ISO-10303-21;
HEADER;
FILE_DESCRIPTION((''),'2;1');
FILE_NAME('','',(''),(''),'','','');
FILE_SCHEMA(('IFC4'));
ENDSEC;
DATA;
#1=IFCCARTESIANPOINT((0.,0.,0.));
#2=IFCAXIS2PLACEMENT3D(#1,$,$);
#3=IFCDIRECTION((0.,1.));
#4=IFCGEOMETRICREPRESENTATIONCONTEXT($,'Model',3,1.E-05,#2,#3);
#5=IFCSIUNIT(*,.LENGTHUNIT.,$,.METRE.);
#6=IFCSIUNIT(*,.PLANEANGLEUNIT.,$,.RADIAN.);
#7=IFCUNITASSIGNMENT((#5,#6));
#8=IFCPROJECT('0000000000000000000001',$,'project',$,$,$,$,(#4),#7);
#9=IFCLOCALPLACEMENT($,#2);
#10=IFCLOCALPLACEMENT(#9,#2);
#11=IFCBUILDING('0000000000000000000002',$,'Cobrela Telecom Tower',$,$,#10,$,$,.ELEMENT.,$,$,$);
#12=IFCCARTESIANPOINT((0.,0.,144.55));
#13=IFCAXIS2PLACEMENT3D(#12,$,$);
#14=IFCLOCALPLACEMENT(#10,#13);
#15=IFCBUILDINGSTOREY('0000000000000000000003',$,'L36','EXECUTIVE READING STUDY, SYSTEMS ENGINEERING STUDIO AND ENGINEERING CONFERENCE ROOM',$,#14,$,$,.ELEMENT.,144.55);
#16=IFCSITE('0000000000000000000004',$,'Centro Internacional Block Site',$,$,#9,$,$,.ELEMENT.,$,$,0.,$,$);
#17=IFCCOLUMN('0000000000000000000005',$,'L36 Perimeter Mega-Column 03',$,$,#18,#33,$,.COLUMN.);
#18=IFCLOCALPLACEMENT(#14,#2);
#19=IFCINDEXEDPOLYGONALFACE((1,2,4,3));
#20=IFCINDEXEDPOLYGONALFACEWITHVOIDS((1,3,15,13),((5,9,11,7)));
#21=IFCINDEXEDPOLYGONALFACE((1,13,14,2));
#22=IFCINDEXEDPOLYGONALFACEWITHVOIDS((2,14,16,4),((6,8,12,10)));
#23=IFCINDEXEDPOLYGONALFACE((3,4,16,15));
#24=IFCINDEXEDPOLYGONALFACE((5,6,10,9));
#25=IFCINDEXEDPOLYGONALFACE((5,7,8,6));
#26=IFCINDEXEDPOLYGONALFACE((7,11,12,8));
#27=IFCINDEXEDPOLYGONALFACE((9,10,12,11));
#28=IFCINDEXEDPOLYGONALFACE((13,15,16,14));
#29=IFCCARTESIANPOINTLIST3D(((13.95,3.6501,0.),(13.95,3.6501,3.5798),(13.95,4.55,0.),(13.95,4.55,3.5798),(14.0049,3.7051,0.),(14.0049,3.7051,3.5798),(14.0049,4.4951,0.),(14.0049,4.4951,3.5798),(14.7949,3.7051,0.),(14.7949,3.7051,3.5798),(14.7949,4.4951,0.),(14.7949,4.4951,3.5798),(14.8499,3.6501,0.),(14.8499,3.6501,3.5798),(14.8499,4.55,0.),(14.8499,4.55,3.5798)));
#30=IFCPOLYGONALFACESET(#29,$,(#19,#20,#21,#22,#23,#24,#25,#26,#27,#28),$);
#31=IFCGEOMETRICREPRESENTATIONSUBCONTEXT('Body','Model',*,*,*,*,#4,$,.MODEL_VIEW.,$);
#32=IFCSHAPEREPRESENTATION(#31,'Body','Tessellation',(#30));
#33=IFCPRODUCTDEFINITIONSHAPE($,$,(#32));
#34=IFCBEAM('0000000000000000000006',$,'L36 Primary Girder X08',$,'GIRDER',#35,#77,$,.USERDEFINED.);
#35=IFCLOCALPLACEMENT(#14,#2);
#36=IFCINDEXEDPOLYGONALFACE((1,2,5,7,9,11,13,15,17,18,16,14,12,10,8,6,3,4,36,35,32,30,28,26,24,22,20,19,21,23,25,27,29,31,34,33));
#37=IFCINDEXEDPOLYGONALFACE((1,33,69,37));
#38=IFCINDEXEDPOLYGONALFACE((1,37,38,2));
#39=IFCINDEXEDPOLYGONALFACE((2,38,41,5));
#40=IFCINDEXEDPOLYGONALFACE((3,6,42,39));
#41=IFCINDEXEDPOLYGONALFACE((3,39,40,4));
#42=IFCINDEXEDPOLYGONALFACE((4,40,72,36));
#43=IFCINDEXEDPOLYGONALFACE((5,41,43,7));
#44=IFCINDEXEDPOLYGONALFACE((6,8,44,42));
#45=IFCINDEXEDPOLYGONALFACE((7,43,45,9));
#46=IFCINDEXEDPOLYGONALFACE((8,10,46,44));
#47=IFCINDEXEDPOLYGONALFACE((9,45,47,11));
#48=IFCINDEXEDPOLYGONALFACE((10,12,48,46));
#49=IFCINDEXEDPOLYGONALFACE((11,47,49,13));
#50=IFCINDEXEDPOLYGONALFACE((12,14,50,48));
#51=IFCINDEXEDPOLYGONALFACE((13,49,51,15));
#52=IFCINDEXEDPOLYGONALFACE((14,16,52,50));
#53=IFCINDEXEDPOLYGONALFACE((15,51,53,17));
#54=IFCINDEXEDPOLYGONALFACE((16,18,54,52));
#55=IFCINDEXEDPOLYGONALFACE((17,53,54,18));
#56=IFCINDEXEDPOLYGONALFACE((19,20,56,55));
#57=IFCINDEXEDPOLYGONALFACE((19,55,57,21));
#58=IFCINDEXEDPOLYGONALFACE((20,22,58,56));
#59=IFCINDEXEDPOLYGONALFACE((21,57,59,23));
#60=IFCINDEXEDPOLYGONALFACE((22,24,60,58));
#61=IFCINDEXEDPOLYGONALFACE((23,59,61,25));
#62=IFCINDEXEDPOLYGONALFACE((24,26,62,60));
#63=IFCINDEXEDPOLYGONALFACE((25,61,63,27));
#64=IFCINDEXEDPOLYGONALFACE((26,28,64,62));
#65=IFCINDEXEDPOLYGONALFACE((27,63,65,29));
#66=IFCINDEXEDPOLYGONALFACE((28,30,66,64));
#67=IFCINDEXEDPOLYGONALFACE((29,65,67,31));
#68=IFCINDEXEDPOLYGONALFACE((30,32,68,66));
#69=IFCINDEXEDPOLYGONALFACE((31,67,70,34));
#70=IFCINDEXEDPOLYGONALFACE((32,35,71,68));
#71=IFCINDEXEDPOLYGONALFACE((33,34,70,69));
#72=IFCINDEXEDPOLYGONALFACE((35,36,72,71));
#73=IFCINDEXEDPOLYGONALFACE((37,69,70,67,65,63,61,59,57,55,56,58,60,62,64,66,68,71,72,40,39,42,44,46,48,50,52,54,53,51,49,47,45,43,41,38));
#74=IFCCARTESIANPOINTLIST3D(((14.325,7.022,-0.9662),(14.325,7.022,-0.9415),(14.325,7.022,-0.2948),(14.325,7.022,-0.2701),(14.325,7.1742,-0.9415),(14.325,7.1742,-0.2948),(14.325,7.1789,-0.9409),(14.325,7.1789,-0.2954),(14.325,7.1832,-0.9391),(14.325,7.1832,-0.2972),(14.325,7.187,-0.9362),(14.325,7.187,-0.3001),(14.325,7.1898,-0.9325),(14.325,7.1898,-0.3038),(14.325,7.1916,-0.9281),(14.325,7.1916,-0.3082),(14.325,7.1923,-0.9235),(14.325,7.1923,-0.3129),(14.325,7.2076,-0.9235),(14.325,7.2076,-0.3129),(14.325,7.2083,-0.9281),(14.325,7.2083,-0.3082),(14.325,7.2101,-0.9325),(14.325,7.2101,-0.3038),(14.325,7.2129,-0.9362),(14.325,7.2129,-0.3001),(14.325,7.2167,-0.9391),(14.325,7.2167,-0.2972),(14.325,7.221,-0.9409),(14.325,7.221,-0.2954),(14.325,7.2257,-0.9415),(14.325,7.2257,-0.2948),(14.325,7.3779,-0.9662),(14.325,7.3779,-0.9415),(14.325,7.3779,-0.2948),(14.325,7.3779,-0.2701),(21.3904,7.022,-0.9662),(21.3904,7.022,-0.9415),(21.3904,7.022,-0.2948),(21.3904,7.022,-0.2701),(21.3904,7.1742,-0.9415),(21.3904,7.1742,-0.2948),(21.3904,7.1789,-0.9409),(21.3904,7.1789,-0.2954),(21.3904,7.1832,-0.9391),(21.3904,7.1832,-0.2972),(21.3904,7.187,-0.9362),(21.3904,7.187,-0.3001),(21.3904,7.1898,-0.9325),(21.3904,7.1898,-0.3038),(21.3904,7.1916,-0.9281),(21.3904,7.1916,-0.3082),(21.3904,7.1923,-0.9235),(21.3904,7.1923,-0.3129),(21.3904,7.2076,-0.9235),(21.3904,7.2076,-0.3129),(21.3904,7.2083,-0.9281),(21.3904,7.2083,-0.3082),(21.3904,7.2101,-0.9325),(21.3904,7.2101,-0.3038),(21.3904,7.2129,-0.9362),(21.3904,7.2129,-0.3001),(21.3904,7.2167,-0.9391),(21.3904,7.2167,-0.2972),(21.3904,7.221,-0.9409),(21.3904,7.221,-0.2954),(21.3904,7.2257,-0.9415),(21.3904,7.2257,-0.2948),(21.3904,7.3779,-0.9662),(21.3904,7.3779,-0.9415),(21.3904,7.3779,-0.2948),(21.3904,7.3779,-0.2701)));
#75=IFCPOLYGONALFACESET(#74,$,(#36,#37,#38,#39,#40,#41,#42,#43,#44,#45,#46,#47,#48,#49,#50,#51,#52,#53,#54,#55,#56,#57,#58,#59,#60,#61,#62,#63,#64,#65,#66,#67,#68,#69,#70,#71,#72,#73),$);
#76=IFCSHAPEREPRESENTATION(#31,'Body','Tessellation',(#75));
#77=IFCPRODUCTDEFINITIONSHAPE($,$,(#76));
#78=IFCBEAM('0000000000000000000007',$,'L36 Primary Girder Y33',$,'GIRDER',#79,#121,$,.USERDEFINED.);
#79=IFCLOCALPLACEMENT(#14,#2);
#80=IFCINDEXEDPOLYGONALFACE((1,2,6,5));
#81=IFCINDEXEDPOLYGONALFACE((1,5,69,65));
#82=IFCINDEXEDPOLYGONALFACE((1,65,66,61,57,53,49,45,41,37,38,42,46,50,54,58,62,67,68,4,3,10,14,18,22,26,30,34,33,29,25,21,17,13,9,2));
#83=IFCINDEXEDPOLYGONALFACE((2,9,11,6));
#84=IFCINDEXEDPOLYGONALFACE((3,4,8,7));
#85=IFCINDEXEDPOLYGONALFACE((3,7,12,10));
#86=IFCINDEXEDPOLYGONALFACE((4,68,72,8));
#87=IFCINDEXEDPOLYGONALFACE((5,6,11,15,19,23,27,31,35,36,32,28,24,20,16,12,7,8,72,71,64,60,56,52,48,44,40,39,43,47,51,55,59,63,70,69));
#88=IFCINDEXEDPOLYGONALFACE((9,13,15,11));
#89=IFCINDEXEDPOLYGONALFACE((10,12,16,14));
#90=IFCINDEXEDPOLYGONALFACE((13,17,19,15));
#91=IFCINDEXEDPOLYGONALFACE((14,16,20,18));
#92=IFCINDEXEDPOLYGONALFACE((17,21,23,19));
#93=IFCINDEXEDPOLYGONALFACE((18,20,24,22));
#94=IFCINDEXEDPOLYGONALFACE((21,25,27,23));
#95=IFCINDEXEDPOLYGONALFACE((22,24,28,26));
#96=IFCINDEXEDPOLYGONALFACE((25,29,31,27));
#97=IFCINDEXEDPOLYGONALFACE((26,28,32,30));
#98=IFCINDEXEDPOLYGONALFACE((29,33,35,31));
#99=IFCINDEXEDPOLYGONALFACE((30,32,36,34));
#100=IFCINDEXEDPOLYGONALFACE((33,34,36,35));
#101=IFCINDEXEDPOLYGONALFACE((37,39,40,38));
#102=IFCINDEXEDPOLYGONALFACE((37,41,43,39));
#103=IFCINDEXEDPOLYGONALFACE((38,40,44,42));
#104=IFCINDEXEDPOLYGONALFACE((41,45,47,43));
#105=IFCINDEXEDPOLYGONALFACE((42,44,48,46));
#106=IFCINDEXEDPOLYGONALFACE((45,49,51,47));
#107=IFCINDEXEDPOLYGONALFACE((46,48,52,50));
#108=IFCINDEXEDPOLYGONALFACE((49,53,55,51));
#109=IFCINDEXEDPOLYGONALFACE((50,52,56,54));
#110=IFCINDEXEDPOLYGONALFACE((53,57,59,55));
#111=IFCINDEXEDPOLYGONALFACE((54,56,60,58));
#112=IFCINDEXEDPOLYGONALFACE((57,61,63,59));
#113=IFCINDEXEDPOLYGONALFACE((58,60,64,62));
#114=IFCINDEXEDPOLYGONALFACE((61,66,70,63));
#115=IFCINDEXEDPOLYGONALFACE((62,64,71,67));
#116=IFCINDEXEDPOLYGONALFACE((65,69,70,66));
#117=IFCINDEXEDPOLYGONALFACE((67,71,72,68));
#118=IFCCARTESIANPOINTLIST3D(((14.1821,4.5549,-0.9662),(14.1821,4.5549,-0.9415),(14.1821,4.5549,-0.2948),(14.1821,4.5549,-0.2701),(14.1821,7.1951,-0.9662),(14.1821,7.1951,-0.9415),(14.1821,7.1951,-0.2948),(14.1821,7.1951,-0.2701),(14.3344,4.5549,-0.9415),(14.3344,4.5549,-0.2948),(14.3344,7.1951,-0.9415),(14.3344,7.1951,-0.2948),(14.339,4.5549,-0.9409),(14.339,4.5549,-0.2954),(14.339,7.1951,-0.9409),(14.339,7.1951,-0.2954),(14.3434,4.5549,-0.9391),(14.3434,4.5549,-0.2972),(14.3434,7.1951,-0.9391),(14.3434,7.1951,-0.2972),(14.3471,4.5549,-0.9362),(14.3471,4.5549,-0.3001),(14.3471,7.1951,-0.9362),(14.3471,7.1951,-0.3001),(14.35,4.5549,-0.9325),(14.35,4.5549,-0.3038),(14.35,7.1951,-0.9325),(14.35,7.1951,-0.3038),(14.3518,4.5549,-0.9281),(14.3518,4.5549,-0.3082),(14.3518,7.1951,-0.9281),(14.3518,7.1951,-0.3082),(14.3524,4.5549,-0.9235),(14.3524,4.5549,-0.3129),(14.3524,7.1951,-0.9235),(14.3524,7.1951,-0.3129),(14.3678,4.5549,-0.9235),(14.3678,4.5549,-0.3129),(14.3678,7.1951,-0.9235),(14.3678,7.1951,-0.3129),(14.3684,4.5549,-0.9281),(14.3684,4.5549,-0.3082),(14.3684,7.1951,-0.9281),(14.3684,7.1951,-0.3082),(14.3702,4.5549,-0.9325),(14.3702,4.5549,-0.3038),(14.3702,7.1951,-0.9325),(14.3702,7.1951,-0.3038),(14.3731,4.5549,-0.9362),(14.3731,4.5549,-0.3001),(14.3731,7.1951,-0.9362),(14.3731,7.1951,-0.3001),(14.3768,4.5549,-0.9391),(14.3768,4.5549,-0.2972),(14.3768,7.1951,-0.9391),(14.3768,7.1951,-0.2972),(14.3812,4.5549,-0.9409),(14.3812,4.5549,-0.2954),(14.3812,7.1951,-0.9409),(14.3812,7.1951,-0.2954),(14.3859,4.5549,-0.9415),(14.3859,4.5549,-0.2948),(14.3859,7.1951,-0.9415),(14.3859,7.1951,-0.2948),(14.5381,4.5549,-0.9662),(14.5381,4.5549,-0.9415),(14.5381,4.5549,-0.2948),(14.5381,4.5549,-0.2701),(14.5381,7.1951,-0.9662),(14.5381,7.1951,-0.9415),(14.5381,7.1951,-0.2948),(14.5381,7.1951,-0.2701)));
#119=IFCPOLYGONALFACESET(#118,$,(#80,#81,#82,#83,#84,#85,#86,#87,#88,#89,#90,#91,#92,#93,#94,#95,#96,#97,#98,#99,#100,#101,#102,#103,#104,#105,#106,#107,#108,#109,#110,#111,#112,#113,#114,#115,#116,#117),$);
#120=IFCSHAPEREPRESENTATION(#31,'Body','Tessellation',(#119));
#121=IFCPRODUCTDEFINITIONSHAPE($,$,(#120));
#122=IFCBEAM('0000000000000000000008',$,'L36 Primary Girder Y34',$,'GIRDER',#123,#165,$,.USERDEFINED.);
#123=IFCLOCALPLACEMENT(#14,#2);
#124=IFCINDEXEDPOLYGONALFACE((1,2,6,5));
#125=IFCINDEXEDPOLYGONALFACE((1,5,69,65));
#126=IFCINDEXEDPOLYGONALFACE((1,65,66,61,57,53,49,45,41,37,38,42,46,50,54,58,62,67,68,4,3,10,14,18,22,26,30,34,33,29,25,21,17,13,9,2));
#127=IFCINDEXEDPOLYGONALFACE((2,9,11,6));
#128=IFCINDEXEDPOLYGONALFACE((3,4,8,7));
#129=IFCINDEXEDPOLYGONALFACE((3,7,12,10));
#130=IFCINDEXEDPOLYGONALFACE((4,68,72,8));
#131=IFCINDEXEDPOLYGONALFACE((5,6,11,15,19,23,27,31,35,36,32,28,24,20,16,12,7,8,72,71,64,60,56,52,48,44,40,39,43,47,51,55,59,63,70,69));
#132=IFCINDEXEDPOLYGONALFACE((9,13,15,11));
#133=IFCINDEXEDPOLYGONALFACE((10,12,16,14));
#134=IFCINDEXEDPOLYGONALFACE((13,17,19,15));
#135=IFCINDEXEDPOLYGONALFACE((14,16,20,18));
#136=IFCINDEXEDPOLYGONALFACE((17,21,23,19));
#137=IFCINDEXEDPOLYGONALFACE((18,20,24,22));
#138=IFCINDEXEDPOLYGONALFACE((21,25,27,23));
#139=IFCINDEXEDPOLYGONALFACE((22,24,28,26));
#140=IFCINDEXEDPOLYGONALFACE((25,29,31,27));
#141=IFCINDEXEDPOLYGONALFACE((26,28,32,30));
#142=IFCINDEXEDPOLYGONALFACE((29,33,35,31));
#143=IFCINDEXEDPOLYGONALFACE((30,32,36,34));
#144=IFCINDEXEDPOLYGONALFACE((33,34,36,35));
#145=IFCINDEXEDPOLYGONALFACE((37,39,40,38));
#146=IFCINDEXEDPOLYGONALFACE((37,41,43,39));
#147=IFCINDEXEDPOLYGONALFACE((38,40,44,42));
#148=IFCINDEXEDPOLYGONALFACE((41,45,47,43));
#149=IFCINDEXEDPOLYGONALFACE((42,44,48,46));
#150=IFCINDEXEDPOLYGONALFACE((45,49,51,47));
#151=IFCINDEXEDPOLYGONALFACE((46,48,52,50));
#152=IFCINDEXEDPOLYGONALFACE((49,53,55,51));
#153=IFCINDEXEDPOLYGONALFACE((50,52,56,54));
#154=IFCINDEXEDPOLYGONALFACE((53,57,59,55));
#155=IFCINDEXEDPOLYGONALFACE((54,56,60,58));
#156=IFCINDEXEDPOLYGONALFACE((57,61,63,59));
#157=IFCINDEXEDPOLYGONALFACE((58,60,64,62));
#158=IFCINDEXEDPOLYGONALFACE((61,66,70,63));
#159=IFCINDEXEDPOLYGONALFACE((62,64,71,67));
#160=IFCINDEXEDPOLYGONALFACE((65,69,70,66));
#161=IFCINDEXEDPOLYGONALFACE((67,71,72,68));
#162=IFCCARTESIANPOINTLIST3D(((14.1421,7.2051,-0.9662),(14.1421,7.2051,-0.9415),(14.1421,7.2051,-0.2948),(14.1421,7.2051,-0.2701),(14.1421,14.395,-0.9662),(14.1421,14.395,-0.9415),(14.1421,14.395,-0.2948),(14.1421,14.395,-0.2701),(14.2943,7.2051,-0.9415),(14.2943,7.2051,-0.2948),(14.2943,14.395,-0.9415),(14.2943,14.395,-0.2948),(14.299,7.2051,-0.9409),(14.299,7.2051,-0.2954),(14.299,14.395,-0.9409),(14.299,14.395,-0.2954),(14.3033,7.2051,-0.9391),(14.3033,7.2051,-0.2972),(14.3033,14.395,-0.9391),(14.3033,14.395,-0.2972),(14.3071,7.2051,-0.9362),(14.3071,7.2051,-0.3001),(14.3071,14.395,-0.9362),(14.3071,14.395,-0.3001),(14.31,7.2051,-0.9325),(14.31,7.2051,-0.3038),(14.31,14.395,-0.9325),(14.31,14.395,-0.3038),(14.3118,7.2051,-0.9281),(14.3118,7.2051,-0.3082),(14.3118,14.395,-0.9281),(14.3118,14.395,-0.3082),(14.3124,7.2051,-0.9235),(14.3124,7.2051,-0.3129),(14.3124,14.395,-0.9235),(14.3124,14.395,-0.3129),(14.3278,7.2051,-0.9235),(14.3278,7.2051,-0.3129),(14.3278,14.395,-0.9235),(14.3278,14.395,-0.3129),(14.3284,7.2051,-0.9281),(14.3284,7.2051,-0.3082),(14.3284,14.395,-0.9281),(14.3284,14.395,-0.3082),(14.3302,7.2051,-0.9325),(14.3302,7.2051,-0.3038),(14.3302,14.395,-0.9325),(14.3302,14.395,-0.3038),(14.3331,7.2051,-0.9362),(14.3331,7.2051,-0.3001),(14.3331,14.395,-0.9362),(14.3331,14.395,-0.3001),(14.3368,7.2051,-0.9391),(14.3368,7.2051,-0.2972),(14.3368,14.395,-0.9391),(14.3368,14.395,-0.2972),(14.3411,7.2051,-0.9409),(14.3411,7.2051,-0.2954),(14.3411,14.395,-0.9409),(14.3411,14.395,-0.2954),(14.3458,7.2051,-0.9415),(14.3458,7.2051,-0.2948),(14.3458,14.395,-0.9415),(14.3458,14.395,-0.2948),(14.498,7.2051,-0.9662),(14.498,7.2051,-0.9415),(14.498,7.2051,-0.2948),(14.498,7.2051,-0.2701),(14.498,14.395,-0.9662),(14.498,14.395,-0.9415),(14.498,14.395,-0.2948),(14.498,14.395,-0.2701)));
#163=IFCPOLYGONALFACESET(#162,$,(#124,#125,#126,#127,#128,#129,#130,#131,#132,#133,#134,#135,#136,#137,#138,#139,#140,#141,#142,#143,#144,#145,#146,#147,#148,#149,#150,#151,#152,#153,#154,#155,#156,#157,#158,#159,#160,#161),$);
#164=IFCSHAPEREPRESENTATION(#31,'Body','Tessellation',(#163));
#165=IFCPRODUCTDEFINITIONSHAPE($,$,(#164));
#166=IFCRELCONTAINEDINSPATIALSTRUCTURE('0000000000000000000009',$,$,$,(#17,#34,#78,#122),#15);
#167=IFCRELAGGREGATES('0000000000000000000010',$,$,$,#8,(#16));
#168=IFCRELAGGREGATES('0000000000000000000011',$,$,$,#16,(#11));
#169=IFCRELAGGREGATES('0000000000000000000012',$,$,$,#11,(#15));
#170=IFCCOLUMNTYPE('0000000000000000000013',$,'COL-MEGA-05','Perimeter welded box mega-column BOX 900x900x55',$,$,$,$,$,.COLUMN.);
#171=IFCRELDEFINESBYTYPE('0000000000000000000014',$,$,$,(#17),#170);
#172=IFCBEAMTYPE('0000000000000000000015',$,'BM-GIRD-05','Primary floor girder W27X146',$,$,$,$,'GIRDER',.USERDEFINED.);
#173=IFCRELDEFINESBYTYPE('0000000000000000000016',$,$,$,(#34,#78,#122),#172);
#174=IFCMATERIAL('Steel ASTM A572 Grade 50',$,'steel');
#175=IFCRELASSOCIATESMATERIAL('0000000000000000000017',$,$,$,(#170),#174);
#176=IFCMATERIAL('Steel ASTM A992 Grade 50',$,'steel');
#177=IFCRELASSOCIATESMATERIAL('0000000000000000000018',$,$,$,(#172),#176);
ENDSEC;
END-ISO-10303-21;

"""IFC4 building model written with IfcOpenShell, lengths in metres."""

from ifc_helpers import new_model, si_unit, direction, frame, origin, origin_2d, place, context, subcontext, project, spatial, hollow_rectangle, i_section, extrude, material, material_profile, profile_set, type_object, element, save


model = new_model("IFC4")

# Units and contexts
model_context = context("Model", 3, precision=1e-05, world=origin(), true_north=direction((0.0, 1.0)))
body_context = subcontext(model_context, "Body", "Model", "MODEL_VIEW")
ifc_project = project(units=[si_unit("LENGTHUNIT", "METRE"), si_unit("PLANEANGLEUNIT", "RADIAN")], contexts=[model_context])

# Site, building, storey
site_placement = place(None, origin())
site = spatial("IfcSite", under=ifc_project, at=site_placement, Name="Centro Internacional Block Site", CompositionType="ELEMENT", RefElevation=0.0)
building_placement = place(site_placement, origin())
building = spatial("IfcBuilding", under=site, at=building_placement, Name="Cobrela Telecom Tower", CompositionType="ELEMENT")
storey_placement = place(building_placement, frame((0.0, 0.0, 144.55)))
storey = spatial("IfcBuildingStorey", under=building, at=storey_placement, Name="L36", Description="EXECUTIVE READING STUDY, SYSTEMS ENGINEERING STUDIO AND ENGINEERING CONFERENCE ROOM", CompositionType="ELEMENT", Elevation=144.55)

# Column
ifc_material_1 = material(Name="Steel ASTM A572 Grade 50", Category="steel")
ifc_material_profile_1 = material_profile(ifc_material_1, hollow_rectangle(XDim=0.8999, YDim=0.8999, WallThickness=0.0549, at=origin_2d()), Name="BOX 900x900x55")
ifc_profile_set_1 = profile_set([ifc_material_profile_1], Name="Steel ASTM A572 Grade 50")
column_type = type_object("IfcColumnType", Name="COL-MEGA-05", Description="Perimeter welded box mega-column BOX 900x900x55", PredefinedType="COLUMN", material=ifc_profile_set_1)
column_placement = place(storey_placement, frame((14.3999, 4.1001, 0.0), z_axis=(0.0, 0.0, 1.0), x_axis=(1.0, 0.0, 0.0)))
element("IfcColumn", 1, at=column_placement, inside=storey, type_object=column_type, Name="L36 Perimeter Mega-Column 03", PredefinedType="COLUMN", context=body_context, shape_type="SweptSolid", body=[
    extrude(hollow_rectangle(XDim=0.8999, YDim=0.8999, WallThickness=0.0549, at=origin_2d()), origin(), (0.0, 0.0, 1.0), 3.5798),
])

# Beams
ifc_material_2 = material(Name="Steel ASTM A992 Grade 50", Category="steel")
ifc_material_profile_2 = material_profile(ifc_material_2, i_section(OverallWidth=0.356, OverallDepth=0.696, WebThickness=0.0154, FlangeThickness=0.0247, FilletRadius=0.0181, at=origin_2d()), Name="W27X146")
ifc_profile_set_2 = profile_set([ifc_material_profile_2], Name="Steel ASTM A992 Grade 50")
beam_type_1 = type_object("IfcBeamType", Name="BM-GIRD-05", Description="Primary floor girder W27X146", ElementType="GIRDER", PredefinedType="USERDEFINED", material=ifc_profile_set_2)
beam_1_placement = place(storey_placement, frame((14.325, 7.2, -0.6182), z_axis=(1.0, 0.0, 0.0), x_axis=(0.0, 1.0, 0.0)))
element("IfcBeam", 2, at=beam_1_placement, inside=storey, type_object=beam_type_1, Name="L36 Primary Girder X08", ObjectType="GIRDER", PredefinedType="USERDEFINED", context=body_context, shape_type="SweptSolid", body=[
    extrude(i_section(OverallWidth=0.356, OverallDepth=0.696, WebThickness=0.0154, FlangeThickness=0.0247, FilletRadius=0.0181, at=origin_2d()), origin(), (0.0, 0.0, 1.0), 7.0654),
])
beam_2_placement = place(storey_placement, frame((14.3601, 4.5549, -0.6182), z_axis=(0.0, 1.0, 0.0), x_axis=(-1.0, 0.0, 0.0)))
element("IfcBeam", 3, at=beam_2_placement, inside=storey, type_object=beam_type_1, Name="L36 Primary Girder Y33", ObjectType="GIRDER", PredefinedType="USERDEFINED", context=body_context, shape_type="SweptSolid", body=[
    extrude(i_section(OverallWidth=0.356, OverallDepth=0.696, WebThickness=0.0154, FlangeThickness=0.0247, FilletRadius=0.0181, at=origin_2d()), origin(), (0.0, 0.0, 1.0), 2.6401),
])
beam_3_placement = place(storey_placement, frame((14.3201, 7.2051, -0.6182), z_axis=(0.0, 1.0, 0.0), x_axis=(-1.0, 0.0, 0.0)))
element("IfcBeam", 4, at=beam_3_placement, inside=storey, type_object=beam_type_1, Name="L36 Primary Girder Y34", ObjectType="GIRDER", PredefinedType="USERDEFINED", context=body_context, shape_type="SweptSolid", body=[
    extrude(i_section(OverallWidth=0.356, OverallDepth=0.696, WebThickness=0.0154, FlangeThickness=0.0247, FilletRadius=0.0181, at=origin_2d()), origin(), (0.0, 0.0, 1.0), 7.1899),
])

save(model, "model.ifc")
